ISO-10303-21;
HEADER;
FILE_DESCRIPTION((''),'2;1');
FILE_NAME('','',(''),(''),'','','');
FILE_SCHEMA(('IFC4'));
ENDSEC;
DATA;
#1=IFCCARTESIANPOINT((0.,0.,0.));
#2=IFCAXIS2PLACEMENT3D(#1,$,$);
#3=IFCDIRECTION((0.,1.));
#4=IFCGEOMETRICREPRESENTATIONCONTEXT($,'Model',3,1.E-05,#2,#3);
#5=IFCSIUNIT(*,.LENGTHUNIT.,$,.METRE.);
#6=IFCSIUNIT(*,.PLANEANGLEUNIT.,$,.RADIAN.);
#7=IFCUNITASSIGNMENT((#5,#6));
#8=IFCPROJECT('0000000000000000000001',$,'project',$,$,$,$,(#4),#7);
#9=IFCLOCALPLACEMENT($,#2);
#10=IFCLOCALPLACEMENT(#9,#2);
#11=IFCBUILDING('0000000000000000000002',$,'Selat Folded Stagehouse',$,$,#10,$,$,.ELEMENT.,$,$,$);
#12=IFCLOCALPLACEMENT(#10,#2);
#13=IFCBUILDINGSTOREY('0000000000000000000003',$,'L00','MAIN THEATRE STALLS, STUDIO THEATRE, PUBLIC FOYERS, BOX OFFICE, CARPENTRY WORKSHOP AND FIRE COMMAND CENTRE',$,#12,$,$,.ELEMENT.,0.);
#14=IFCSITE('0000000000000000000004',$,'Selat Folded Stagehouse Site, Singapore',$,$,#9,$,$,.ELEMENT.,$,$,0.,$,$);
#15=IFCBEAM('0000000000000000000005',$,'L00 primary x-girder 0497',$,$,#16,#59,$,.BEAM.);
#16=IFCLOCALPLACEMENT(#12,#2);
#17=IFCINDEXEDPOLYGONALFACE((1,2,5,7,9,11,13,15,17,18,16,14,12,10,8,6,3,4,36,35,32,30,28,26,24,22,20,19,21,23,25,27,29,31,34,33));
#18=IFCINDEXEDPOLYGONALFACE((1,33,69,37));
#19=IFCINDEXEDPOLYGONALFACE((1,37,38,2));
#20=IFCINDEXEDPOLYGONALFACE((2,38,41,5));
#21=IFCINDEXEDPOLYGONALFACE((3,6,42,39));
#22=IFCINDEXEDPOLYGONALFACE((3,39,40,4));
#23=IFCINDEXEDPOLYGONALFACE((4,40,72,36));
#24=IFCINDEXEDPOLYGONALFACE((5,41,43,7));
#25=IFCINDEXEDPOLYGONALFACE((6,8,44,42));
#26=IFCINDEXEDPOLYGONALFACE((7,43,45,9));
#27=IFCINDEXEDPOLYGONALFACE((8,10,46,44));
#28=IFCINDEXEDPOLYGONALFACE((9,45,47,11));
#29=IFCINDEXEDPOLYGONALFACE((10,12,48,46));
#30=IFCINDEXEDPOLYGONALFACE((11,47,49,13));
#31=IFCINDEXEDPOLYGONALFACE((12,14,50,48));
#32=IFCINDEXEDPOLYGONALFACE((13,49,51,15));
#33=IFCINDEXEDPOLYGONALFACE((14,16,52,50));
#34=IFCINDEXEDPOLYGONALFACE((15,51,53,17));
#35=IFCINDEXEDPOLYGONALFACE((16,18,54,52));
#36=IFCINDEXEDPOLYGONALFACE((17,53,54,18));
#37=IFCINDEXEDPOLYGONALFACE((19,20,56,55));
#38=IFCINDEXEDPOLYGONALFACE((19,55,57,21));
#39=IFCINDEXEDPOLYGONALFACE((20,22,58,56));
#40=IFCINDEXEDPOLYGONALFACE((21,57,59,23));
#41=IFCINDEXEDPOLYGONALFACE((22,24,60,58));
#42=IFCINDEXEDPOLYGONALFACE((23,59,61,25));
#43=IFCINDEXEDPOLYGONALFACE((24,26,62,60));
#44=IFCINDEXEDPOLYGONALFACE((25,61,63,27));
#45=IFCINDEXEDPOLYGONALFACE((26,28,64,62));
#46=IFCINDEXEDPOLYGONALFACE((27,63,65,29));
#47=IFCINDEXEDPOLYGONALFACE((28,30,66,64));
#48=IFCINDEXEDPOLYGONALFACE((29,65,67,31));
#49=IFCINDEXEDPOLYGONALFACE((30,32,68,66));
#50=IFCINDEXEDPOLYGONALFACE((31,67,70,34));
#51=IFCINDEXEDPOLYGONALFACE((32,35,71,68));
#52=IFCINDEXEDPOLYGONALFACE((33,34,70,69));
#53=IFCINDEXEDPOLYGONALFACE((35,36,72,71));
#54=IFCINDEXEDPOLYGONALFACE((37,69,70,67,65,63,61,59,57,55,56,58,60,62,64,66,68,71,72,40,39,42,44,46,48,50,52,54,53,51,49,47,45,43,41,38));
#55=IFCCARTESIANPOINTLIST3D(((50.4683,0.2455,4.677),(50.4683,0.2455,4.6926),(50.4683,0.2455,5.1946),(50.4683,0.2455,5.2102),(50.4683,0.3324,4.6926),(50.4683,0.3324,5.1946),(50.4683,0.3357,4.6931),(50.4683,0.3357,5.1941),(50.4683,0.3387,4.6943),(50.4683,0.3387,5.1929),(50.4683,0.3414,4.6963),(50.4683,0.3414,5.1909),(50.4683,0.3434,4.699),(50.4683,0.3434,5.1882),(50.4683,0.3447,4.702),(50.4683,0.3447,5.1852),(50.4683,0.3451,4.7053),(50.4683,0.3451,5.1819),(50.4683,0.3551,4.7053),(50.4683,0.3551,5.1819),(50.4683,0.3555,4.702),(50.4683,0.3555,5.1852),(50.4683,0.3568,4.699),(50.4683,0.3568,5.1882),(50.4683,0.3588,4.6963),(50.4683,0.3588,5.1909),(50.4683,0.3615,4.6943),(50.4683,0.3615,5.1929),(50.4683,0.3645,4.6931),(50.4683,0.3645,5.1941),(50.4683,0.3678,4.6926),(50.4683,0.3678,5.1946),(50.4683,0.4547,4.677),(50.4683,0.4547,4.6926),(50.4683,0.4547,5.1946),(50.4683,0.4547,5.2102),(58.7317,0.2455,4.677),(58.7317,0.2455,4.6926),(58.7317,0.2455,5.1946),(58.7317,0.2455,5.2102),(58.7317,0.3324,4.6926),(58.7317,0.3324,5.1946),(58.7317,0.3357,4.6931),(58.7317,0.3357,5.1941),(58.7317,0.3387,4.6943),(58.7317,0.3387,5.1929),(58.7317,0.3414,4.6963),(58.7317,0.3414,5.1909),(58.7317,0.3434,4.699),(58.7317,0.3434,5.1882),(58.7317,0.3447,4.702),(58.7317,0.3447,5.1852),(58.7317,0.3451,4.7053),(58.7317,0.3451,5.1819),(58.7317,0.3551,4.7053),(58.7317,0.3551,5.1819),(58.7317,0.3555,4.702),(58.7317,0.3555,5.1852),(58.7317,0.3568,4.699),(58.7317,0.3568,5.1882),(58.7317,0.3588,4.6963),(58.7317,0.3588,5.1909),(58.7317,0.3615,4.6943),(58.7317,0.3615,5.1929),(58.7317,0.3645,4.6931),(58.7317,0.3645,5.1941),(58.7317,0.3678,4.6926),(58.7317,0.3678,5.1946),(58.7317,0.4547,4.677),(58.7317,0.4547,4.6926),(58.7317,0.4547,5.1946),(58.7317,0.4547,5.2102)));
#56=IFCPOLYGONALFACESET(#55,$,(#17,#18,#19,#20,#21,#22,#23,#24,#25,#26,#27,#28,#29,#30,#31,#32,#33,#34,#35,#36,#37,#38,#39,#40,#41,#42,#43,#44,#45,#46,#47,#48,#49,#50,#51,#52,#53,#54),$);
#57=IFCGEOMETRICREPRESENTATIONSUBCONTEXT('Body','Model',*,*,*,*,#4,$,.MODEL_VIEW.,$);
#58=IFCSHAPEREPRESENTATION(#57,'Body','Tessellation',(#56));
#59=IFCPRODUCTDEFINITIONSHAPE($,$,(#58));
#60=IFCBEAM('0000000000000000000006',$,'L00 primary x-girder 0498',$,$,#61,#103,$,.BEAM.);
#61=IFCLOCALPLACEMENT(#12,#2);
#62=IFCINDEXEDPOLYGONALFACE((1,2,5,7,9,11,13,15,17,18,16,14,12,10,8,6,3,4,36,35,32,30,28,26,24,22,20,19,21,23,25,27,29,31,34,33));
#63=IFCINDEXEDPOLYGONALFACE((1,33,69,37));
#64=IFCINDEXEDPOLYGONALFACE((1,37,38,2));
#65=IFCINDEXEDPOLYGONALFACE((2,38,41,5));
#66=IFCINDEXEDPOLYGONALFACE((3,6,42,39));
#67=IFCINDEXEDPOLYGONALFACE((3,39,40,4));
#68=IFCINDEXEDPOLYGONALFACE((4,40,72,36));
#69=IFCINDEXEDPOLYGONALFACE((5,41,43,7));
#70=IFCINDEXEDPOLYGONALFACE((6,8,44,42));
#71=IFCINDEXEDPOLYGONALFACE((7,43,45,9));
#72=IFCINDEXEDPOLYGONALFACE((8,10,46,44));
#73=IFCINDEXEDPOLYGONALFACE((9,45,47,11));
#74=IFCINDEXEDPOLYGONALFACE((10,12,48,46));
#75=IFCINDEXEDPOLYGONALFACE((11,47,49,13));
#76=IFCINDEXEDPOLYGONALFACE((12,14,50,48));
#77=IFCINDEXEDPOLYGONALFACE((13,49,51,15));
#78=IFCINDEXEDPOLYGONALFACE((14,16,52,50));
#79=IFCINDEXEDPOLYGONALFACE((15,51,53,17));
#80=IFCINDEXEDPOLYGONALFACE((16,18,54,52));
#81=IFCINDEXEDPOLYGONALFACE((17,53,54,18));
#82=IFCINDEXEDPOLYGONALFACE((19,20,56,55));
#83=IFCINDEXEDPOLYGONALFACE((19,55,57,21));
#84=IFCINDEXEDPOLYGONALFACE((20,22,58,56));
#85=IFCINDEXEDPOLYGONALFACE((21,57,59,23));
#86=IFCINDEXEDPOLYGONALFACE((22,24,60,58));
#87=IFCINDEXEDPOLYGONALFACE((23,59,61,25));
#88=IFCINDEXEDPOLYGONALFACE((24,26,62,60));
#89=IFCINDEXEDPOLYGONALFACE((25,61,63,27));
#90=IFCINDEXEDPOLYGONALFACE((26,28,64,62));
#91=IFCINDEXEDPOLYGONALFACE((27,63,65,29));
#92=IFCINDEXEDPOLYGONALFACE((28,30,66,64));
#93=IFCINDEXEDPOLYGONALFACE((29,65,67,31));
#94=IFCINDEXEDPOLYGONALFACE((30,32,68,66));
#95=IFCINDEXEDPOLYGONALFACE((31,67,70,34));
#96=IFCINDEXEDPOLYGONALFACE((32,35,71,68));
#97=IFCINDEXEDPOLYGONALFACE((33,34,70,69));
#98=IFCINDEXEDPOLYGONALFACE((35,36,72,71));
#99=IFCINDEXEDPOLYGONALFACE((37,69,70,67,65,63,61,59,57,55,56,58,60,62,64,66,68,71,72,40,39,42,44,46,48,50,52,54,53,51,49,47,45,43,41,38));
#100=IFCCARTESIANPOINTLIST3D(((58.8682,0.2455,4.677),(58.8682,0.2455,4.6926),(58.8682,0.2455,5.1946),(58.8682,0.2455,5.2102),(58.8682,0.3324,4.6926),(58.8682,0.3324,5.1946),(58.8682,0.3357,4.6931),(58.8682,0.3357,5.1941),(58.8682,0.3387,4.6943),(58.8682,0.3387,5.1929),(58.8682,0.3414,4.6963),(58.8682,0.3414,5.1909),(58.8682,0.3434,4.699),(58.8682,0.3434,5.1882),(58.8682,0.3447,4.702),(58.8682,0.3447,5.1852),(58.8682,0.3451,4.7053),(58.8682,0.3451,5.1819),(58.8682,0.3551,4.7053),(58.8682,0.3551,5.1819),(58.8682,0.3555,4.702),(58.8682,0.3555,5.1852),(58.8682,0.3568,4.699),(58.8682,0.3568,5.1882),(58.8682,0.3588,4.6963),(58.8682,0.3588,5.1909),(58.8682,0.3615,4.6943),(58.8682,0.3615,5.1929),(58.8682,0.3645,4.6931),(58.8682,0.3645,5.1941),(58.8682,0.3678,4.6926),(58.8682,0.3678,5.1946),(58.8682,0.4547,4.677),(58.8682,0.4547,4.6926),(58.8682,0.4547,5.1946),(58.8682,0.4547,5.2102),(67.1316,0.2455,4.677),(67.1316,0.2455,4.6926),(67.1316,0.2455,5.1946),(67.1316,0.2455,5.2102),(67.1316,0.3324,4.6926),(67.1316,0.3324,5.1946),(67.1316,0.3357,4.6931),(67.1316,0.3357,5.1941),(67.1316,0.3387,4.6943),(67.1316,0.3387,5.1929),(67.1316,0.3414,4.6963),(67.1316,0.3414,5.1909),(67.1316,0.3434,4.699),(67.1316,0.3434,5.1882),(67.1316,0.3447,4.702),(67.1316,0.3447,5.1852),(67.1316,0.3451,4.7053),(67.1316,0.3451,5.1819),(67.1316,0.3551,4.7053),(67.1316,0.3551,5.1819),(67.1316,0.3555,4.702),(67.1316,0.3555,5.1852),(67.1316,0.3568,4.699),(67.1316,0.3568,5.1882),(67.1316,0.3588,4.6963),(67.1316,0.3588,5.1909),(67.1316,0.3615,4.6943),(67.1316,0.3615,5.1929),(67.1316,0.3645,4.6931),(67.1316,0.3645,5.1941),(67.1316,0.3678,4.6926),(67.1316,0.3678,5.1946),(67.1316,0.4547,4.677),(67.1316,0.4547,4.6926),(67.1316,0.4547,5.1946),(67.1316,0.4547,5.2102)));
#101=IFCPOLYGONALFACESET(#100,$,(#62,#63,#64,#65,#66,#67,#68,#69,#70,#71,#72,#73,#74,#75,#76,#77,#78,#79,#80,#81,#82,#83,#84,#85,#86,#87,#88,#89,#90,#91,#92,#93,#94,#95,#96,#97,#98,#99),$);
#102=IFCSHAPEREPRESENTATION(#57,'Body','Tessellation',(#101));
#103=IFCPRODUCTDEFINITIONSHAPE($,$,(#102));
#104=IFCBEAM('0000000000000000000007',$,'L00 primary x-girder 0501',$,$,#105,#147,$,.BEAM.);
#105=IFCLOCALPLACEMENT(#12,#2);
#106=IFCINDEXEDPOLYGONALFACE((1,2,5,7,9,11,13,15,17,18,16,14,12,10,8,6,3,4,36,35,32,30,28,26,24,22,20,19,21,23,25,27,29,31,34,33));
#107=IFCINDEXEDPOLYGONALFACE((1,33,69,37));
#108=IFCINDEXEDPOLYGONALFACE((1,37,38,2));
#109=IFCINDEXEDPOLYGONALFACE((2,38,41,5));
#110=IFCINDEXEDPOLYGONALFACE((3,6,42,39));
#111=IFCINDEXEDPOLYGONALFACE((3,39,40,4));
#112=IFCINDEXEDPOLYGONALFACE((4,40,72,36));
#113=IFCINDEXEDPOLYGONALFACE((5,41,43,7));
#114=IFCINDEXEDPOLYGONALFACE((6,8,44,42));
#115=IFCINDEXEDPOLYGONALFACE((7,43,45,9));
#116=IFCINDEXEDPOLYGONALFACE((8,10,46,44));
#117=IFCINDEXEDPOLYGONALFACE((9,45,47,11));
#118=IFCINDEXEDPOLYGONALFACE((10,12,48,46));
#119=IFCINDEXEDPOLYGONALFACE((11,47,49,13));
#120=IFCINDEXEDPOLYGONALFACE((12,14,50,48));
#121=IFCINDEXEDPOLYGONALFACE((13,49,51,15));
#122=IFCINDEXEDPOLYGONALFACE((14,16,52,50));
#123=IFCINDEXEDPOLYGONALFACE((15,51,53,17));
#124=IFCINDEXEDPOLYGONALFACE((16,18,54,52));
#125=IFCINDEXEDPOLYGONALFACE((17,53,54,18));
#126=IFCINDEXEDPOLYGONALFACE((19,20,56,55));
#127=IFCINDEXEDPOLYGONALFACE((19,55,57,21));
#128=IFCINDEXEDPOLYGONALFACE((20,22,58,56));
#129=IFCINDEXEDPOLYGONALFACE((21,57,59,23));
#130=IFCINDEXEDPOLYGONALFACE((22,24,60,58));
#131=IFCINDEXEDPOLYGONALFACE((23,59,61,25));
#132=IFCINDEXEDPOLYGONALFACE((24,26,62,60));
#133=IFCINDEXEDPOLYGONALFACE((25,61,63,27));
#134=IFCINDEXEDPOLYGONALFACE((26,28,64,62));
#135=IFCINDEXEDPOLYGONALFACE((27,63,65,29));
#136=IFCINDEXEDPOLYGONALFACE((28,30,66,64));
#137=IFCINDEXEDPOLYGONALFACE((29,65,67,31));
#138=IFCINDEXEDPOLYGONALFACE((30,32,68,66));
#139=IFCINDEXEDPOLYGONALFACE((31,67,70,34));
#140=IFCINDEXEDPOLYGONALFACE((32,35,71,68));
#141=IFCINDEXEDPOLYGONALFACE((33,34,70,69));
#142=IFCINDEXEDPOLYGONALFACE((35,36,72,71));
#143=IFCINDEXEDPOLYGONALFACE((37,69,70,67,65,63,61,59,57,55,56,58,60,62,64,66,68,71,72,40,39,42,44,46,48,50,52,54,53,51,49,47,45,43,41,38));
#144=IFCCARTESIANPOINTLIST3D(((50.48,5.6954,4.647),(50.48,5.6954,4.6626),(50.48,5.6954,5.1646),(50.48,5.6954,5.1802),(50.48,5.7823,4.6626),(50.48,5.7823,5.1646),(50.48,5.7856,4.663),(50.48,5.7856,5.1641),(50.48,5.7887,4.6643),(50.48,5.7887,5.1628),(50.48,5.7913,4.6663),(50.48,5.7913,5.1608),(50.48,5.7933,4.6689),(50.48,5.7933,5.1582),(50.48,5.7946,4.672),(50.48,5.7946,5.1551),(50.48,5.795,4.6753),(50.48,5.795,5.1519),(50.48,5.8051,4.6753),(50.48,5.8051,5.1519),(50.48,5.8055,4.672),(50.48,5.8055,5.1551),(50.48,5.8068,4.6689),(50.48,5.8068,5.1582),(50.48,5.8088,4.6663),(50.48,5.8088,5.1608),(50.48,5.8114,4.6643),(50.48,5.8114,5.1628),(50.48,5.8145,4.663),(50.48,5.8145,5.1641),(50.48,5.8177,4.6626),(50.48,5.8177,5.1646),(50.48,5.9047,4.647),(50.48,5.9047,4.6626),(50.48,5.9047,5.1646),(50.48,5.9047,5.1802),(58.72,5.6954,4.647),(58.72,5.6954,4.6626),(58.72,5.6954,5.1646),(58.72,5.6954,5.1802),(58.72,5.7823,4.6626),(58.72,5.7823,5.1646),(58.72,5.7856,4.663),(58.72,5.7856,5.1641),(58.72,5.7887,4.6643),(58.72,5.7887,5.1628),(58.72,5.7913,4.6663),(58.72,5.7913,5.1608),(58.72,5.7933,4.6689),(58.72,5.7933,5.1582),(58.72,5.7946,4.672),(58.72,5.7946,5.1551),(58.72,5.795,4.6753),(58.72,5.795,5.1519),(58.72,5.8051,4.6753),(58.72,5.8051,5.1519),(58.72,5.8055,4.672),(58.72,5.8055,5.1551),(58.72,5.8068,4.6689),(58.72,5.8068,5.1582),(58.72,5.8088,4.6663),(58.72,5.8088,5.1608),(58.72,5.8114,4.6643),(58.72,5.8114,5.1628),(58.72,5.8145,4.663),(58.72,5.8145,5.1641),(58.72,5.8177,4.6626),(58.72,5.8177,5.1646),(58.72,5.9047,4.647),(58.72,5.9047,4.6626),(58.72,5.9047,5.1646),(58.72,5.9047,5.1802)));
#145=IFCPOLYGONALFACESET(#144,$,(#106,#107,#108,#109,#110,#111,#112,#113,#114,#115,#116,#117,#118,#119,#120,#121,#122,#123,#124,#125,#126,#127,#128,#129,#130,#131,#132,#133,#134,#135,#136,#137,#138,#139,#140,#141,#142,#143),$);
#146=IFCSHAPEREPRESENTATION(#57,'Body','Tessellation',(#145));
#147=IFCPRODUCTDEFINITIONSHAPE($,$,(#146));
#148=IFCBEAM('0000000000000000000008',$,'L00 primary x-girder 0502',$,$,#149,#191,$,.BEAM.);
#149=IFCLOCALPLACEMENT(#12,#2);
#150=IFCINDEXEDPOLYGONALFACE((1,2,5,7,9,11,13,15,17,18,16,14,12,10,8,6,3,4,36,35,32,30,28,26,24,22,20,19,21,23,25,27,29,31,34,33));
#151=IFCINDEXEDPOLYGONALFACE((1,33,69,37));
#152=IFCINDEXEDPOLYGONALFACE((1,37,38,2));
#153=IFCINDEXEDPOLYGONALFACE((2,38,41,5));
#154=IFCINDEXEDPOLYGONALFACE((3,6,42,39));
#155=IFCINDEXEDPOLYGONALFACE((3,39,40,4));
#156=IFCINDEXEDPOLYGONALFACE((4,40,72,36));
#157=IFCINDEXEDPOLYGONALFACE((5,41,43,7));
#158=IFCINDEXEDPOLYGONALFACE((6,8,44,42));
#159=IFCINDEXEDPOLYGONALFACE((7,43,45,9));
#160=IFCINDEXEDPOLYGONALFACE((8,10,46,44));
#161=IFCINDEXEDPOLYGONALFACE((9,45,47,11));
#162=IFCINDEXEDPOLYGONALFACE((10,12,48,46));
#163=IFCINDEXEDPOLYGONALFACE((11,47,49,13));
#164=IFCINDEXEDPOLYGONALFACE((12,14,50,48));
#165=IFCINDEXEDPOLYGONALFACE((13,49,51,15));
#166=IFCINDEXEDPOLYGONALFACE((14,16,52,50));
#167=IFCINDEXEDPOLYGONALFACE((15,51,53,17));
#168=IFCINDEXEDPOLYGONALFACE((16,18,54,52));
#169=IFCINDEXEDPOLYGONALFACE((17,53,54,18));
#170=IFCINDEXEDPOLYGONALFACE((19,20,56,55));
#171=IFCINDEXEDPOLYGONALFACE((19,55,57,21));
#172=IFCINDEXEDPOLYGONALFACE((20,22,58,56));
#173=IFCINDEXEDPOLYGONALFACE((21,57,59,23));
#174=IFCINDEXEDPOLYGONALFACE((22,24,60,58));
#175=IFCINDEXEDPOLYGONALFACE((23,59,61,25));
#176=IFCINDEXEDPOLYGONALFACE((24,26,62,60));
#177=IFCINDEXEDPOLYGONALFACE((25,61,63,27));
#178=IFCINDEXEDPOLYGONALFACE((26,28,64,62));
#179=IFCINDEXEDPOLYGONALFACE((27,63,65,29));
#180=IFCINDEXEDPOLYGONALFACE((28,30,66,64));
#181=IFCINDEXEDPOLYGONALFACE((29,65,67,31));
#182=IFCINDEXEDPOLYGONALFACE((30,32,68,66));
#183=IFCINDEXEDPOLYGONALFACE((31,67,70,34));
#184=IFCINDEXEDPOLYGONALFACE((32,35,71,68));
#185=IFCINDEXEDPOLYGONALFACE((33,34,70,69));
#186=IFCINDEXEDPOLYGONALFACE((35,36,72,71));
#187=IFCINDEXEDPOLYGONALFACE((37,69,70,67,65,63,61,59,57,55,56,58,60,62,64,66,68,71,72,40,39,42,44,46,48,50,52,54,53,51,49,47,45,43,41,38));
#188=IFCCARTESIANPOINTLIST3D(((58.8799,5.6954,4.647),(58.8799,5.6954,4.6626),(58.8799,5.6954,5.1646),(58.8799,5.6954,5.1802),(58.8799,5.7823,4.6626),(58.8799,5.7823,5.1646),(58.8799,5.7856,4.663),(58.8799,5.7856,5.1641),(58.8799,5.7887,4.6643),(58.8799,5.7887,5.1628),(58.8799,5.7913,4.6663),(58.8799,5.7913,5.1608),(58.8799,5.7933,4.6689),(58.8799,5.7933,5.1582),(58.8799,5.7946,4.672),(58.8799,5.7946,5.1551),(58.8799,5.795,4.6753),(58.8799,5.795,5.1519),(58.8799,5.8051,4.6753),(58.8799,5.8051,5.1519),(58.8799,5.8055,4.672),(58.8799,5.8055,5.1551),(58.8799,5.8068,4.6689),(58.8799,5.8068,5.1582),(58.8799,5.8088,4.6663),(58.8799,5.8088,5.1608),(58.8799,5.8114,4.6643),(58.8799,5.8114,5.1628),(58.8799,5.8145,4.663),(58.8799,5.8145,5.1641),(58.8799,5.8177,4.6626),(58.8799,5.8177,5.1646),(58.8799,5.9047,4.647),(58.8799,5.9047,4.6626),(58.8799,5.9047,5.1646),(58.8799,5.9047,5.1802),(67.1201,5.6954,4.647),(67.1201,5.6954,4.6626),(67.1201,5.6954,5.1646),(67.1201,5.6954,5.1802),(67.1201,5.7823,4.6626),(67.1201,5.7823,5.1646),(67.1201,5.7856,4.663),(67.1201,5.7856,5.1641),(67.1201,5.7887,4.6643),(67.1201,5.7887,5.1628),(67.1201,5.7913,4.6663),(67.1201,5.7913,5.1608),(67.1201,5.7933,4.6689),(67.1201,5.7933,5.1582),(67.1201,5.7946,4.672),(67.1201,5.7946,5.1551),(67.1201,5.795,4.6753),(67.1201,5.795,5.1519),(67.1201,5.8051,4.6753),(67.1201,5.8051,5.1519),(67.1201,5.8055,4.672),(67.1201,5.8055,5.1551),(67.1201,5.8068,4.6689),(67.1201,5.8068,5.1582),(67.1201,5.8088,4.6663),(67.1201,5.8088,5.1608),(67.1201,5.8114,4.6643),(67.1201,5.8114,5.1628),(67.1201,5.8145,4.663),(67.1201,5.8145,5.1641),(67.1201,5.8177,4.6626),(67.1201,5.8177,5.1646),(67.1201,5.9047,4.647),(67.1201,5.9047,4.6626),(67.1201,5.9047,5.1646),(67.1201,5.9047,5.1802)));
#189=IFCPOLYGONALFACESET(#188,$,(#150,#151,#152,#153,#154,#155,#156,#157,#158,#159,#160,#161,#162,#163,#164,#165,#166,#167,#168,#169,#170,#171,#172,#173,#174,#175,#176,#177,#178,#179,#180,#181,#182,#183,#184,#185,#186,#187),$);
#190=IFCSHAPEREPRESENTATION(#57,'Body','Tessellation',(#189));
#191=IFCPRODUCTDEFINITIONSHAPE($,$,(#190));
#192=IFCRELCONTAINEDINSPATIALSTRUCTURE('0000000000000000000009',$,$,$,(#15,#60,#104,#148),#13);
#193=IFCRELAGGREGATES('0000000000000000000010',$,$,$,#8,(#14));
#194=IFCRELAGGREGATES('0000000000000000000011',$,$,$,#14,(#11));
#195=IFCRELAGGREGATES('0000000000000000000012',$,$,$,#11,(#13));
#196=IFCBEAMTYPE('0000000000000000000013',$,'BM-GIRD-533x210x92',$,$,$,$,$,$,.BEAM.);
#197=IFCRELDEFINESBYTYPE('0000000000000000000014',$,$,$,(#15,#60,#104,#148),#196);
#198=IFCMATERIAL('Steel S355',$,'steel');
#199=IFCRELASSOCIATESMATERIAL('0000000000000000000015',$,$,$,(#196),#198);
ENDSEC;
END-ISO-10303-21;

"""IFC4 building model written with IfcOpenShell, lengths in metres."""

from ifc_helpers import new_model, si_unit, direction, frame, origin, origin_2d, place, context, subcontext, project, spatial, i_section, extrude, material, material_profile, profile_set, type_object, element, save


model = new_model("IFC4")

# Units and contexts
model_context = context("Model", 3, precision=1e-05, world=origin(), true_north=direction((0.0, 1.0)))
body_context = subcontext(model_context, "Body", "Model", "MODEL_VIEW")
ifc_project = project(units=[si_unit("LENGTHUNIT", "METRE"), si_unit("PLANEANGLEUNIT", "RADIAN")], contexts=[model_context])

# Site, building, storey
site_placement = place(None, origin())
site = spatial("IfcSite", under=ifc_project, at=site_placement, Name="Selat Folded Stagehouse Site, Singapore", CompositionType="ELEMENT", RefElevation=0.0)
building_placement = place(site_placement, origin())
building = spatial("IfcBuilding", under=site, at=building_placement, Name="Selat Folded Stagehouse", CompositionType="ELEMENT")
storey_placement = place(building_placement, origin())
storey = spatial("IfcBuildingStorey", under=building, at=storey_placement, Name="L00", Description="MAIN THEATRE STALLS, STUDIO THEATRE, PUBLIC FOYERS, BOX OFFICE, CARPENTRY WORKSHOP AND FIRE COMMAND CENTRE", CompositionType="ELEMENT", Elevation=0.0)

# Shared definitions
ifc_material_1 = material(Name="Steel S355", Category="steel")

# Beams
ifc_material_profile_1 = material_profile(ifc_material_1, i_section(OverallWidth=0.2092, OverallDepth=0.5332, WebThickness=0.01, FlangeThickness=0.0156, FilletRadius=0.0127, at=origin_2d()), Name="UKB 533x210x92")
ifc_profile_set_1 = profile_set([ifc_material_profile_1], Name="Steel S355")
beam_type_1 = type_object("IfcBeamType", Name="BM-GIRD-533x210x92", PredefinedType="BEAM", material=ifc_profile_set_1)
for number, where, z_axis, x_axis, name in (
    (1, (50.4683, 0.3501, 4.9436), (1.0, 0.0, 0.0), (0.0, 1.0, 0.0), "L00 primary x-girder 0497"),
    (2, (58.8682, 0.3501, 4.9436), (1.0, 0.0, 0.0), (0.0, 1.0, 0.0), "L00 primary x-girder 0498"),
):
    element("IfcBeam", number, at=place(storey_placement, frame(where, z_axis=z_axis, x_axis=x_axis)), inside=storey, type_object=beam_type_1, Name=name, PredefinedType="BEAM", context=body_context, shape_type="SweptSolid", body=[
        extrude(i_section(OverallWidth=0.2092, OverallDepth=0.5332, WebThickness=0.01, FlangeThickness=0.0156, FilletRadius=0.0127, at=origin_2d()), origin(), (0.0, 0.0, 1.0), 8.2634),
    ])
beam_1_placement = place(storey_placement, frame((50.48, 5.8, 4.9136), z_axis=(1.0, 0.0, 0.0), x_axis=(0.0, 1.0, 0.0)))
element("IfcBeam", 3, at=beam_1_placement, inside=storey, type_object=beam_type_1, Name="L00 primary x-girder 0501", PredefinedType="BEAM", context=body_context, shape_type="SweptSolid", body=[
    extrude(i_section(OverallWidth=0.2092, OverallDepth=0.5332, WebThickness=0.01, FlangeThickness=0.0156, FilletRadius=0.0127, at=origin_2d()), origin(), (0.0, 0.0, 1.0), 8.24),
])
beam_2_placement = place(storey_placement, frame((58.8799, 5.8, 4.9136), z_axis=(1.0, 0.0, 0.0), x_axis=(0.0, 1.0, 0.0)))
element("IfcBeam", 4, at=beam_2_placement, inside=storey, type_object=beam_type_1, Name="L00 primary x-girder 0502", PredefinedType="BEAM", context=body_context, shape_type="SweptSolid", body=[
    extrude(i_section(OverallWidth=0.2092, OverallDepth=0.5332, WebThickness=0.01, FlangeThickness=0.0156, FilletRadius=0.0127, at=origin_2d()), origin(), (0.0, 0.0, 1.0), 8.2402),
])

save(model, "model.ifc")
